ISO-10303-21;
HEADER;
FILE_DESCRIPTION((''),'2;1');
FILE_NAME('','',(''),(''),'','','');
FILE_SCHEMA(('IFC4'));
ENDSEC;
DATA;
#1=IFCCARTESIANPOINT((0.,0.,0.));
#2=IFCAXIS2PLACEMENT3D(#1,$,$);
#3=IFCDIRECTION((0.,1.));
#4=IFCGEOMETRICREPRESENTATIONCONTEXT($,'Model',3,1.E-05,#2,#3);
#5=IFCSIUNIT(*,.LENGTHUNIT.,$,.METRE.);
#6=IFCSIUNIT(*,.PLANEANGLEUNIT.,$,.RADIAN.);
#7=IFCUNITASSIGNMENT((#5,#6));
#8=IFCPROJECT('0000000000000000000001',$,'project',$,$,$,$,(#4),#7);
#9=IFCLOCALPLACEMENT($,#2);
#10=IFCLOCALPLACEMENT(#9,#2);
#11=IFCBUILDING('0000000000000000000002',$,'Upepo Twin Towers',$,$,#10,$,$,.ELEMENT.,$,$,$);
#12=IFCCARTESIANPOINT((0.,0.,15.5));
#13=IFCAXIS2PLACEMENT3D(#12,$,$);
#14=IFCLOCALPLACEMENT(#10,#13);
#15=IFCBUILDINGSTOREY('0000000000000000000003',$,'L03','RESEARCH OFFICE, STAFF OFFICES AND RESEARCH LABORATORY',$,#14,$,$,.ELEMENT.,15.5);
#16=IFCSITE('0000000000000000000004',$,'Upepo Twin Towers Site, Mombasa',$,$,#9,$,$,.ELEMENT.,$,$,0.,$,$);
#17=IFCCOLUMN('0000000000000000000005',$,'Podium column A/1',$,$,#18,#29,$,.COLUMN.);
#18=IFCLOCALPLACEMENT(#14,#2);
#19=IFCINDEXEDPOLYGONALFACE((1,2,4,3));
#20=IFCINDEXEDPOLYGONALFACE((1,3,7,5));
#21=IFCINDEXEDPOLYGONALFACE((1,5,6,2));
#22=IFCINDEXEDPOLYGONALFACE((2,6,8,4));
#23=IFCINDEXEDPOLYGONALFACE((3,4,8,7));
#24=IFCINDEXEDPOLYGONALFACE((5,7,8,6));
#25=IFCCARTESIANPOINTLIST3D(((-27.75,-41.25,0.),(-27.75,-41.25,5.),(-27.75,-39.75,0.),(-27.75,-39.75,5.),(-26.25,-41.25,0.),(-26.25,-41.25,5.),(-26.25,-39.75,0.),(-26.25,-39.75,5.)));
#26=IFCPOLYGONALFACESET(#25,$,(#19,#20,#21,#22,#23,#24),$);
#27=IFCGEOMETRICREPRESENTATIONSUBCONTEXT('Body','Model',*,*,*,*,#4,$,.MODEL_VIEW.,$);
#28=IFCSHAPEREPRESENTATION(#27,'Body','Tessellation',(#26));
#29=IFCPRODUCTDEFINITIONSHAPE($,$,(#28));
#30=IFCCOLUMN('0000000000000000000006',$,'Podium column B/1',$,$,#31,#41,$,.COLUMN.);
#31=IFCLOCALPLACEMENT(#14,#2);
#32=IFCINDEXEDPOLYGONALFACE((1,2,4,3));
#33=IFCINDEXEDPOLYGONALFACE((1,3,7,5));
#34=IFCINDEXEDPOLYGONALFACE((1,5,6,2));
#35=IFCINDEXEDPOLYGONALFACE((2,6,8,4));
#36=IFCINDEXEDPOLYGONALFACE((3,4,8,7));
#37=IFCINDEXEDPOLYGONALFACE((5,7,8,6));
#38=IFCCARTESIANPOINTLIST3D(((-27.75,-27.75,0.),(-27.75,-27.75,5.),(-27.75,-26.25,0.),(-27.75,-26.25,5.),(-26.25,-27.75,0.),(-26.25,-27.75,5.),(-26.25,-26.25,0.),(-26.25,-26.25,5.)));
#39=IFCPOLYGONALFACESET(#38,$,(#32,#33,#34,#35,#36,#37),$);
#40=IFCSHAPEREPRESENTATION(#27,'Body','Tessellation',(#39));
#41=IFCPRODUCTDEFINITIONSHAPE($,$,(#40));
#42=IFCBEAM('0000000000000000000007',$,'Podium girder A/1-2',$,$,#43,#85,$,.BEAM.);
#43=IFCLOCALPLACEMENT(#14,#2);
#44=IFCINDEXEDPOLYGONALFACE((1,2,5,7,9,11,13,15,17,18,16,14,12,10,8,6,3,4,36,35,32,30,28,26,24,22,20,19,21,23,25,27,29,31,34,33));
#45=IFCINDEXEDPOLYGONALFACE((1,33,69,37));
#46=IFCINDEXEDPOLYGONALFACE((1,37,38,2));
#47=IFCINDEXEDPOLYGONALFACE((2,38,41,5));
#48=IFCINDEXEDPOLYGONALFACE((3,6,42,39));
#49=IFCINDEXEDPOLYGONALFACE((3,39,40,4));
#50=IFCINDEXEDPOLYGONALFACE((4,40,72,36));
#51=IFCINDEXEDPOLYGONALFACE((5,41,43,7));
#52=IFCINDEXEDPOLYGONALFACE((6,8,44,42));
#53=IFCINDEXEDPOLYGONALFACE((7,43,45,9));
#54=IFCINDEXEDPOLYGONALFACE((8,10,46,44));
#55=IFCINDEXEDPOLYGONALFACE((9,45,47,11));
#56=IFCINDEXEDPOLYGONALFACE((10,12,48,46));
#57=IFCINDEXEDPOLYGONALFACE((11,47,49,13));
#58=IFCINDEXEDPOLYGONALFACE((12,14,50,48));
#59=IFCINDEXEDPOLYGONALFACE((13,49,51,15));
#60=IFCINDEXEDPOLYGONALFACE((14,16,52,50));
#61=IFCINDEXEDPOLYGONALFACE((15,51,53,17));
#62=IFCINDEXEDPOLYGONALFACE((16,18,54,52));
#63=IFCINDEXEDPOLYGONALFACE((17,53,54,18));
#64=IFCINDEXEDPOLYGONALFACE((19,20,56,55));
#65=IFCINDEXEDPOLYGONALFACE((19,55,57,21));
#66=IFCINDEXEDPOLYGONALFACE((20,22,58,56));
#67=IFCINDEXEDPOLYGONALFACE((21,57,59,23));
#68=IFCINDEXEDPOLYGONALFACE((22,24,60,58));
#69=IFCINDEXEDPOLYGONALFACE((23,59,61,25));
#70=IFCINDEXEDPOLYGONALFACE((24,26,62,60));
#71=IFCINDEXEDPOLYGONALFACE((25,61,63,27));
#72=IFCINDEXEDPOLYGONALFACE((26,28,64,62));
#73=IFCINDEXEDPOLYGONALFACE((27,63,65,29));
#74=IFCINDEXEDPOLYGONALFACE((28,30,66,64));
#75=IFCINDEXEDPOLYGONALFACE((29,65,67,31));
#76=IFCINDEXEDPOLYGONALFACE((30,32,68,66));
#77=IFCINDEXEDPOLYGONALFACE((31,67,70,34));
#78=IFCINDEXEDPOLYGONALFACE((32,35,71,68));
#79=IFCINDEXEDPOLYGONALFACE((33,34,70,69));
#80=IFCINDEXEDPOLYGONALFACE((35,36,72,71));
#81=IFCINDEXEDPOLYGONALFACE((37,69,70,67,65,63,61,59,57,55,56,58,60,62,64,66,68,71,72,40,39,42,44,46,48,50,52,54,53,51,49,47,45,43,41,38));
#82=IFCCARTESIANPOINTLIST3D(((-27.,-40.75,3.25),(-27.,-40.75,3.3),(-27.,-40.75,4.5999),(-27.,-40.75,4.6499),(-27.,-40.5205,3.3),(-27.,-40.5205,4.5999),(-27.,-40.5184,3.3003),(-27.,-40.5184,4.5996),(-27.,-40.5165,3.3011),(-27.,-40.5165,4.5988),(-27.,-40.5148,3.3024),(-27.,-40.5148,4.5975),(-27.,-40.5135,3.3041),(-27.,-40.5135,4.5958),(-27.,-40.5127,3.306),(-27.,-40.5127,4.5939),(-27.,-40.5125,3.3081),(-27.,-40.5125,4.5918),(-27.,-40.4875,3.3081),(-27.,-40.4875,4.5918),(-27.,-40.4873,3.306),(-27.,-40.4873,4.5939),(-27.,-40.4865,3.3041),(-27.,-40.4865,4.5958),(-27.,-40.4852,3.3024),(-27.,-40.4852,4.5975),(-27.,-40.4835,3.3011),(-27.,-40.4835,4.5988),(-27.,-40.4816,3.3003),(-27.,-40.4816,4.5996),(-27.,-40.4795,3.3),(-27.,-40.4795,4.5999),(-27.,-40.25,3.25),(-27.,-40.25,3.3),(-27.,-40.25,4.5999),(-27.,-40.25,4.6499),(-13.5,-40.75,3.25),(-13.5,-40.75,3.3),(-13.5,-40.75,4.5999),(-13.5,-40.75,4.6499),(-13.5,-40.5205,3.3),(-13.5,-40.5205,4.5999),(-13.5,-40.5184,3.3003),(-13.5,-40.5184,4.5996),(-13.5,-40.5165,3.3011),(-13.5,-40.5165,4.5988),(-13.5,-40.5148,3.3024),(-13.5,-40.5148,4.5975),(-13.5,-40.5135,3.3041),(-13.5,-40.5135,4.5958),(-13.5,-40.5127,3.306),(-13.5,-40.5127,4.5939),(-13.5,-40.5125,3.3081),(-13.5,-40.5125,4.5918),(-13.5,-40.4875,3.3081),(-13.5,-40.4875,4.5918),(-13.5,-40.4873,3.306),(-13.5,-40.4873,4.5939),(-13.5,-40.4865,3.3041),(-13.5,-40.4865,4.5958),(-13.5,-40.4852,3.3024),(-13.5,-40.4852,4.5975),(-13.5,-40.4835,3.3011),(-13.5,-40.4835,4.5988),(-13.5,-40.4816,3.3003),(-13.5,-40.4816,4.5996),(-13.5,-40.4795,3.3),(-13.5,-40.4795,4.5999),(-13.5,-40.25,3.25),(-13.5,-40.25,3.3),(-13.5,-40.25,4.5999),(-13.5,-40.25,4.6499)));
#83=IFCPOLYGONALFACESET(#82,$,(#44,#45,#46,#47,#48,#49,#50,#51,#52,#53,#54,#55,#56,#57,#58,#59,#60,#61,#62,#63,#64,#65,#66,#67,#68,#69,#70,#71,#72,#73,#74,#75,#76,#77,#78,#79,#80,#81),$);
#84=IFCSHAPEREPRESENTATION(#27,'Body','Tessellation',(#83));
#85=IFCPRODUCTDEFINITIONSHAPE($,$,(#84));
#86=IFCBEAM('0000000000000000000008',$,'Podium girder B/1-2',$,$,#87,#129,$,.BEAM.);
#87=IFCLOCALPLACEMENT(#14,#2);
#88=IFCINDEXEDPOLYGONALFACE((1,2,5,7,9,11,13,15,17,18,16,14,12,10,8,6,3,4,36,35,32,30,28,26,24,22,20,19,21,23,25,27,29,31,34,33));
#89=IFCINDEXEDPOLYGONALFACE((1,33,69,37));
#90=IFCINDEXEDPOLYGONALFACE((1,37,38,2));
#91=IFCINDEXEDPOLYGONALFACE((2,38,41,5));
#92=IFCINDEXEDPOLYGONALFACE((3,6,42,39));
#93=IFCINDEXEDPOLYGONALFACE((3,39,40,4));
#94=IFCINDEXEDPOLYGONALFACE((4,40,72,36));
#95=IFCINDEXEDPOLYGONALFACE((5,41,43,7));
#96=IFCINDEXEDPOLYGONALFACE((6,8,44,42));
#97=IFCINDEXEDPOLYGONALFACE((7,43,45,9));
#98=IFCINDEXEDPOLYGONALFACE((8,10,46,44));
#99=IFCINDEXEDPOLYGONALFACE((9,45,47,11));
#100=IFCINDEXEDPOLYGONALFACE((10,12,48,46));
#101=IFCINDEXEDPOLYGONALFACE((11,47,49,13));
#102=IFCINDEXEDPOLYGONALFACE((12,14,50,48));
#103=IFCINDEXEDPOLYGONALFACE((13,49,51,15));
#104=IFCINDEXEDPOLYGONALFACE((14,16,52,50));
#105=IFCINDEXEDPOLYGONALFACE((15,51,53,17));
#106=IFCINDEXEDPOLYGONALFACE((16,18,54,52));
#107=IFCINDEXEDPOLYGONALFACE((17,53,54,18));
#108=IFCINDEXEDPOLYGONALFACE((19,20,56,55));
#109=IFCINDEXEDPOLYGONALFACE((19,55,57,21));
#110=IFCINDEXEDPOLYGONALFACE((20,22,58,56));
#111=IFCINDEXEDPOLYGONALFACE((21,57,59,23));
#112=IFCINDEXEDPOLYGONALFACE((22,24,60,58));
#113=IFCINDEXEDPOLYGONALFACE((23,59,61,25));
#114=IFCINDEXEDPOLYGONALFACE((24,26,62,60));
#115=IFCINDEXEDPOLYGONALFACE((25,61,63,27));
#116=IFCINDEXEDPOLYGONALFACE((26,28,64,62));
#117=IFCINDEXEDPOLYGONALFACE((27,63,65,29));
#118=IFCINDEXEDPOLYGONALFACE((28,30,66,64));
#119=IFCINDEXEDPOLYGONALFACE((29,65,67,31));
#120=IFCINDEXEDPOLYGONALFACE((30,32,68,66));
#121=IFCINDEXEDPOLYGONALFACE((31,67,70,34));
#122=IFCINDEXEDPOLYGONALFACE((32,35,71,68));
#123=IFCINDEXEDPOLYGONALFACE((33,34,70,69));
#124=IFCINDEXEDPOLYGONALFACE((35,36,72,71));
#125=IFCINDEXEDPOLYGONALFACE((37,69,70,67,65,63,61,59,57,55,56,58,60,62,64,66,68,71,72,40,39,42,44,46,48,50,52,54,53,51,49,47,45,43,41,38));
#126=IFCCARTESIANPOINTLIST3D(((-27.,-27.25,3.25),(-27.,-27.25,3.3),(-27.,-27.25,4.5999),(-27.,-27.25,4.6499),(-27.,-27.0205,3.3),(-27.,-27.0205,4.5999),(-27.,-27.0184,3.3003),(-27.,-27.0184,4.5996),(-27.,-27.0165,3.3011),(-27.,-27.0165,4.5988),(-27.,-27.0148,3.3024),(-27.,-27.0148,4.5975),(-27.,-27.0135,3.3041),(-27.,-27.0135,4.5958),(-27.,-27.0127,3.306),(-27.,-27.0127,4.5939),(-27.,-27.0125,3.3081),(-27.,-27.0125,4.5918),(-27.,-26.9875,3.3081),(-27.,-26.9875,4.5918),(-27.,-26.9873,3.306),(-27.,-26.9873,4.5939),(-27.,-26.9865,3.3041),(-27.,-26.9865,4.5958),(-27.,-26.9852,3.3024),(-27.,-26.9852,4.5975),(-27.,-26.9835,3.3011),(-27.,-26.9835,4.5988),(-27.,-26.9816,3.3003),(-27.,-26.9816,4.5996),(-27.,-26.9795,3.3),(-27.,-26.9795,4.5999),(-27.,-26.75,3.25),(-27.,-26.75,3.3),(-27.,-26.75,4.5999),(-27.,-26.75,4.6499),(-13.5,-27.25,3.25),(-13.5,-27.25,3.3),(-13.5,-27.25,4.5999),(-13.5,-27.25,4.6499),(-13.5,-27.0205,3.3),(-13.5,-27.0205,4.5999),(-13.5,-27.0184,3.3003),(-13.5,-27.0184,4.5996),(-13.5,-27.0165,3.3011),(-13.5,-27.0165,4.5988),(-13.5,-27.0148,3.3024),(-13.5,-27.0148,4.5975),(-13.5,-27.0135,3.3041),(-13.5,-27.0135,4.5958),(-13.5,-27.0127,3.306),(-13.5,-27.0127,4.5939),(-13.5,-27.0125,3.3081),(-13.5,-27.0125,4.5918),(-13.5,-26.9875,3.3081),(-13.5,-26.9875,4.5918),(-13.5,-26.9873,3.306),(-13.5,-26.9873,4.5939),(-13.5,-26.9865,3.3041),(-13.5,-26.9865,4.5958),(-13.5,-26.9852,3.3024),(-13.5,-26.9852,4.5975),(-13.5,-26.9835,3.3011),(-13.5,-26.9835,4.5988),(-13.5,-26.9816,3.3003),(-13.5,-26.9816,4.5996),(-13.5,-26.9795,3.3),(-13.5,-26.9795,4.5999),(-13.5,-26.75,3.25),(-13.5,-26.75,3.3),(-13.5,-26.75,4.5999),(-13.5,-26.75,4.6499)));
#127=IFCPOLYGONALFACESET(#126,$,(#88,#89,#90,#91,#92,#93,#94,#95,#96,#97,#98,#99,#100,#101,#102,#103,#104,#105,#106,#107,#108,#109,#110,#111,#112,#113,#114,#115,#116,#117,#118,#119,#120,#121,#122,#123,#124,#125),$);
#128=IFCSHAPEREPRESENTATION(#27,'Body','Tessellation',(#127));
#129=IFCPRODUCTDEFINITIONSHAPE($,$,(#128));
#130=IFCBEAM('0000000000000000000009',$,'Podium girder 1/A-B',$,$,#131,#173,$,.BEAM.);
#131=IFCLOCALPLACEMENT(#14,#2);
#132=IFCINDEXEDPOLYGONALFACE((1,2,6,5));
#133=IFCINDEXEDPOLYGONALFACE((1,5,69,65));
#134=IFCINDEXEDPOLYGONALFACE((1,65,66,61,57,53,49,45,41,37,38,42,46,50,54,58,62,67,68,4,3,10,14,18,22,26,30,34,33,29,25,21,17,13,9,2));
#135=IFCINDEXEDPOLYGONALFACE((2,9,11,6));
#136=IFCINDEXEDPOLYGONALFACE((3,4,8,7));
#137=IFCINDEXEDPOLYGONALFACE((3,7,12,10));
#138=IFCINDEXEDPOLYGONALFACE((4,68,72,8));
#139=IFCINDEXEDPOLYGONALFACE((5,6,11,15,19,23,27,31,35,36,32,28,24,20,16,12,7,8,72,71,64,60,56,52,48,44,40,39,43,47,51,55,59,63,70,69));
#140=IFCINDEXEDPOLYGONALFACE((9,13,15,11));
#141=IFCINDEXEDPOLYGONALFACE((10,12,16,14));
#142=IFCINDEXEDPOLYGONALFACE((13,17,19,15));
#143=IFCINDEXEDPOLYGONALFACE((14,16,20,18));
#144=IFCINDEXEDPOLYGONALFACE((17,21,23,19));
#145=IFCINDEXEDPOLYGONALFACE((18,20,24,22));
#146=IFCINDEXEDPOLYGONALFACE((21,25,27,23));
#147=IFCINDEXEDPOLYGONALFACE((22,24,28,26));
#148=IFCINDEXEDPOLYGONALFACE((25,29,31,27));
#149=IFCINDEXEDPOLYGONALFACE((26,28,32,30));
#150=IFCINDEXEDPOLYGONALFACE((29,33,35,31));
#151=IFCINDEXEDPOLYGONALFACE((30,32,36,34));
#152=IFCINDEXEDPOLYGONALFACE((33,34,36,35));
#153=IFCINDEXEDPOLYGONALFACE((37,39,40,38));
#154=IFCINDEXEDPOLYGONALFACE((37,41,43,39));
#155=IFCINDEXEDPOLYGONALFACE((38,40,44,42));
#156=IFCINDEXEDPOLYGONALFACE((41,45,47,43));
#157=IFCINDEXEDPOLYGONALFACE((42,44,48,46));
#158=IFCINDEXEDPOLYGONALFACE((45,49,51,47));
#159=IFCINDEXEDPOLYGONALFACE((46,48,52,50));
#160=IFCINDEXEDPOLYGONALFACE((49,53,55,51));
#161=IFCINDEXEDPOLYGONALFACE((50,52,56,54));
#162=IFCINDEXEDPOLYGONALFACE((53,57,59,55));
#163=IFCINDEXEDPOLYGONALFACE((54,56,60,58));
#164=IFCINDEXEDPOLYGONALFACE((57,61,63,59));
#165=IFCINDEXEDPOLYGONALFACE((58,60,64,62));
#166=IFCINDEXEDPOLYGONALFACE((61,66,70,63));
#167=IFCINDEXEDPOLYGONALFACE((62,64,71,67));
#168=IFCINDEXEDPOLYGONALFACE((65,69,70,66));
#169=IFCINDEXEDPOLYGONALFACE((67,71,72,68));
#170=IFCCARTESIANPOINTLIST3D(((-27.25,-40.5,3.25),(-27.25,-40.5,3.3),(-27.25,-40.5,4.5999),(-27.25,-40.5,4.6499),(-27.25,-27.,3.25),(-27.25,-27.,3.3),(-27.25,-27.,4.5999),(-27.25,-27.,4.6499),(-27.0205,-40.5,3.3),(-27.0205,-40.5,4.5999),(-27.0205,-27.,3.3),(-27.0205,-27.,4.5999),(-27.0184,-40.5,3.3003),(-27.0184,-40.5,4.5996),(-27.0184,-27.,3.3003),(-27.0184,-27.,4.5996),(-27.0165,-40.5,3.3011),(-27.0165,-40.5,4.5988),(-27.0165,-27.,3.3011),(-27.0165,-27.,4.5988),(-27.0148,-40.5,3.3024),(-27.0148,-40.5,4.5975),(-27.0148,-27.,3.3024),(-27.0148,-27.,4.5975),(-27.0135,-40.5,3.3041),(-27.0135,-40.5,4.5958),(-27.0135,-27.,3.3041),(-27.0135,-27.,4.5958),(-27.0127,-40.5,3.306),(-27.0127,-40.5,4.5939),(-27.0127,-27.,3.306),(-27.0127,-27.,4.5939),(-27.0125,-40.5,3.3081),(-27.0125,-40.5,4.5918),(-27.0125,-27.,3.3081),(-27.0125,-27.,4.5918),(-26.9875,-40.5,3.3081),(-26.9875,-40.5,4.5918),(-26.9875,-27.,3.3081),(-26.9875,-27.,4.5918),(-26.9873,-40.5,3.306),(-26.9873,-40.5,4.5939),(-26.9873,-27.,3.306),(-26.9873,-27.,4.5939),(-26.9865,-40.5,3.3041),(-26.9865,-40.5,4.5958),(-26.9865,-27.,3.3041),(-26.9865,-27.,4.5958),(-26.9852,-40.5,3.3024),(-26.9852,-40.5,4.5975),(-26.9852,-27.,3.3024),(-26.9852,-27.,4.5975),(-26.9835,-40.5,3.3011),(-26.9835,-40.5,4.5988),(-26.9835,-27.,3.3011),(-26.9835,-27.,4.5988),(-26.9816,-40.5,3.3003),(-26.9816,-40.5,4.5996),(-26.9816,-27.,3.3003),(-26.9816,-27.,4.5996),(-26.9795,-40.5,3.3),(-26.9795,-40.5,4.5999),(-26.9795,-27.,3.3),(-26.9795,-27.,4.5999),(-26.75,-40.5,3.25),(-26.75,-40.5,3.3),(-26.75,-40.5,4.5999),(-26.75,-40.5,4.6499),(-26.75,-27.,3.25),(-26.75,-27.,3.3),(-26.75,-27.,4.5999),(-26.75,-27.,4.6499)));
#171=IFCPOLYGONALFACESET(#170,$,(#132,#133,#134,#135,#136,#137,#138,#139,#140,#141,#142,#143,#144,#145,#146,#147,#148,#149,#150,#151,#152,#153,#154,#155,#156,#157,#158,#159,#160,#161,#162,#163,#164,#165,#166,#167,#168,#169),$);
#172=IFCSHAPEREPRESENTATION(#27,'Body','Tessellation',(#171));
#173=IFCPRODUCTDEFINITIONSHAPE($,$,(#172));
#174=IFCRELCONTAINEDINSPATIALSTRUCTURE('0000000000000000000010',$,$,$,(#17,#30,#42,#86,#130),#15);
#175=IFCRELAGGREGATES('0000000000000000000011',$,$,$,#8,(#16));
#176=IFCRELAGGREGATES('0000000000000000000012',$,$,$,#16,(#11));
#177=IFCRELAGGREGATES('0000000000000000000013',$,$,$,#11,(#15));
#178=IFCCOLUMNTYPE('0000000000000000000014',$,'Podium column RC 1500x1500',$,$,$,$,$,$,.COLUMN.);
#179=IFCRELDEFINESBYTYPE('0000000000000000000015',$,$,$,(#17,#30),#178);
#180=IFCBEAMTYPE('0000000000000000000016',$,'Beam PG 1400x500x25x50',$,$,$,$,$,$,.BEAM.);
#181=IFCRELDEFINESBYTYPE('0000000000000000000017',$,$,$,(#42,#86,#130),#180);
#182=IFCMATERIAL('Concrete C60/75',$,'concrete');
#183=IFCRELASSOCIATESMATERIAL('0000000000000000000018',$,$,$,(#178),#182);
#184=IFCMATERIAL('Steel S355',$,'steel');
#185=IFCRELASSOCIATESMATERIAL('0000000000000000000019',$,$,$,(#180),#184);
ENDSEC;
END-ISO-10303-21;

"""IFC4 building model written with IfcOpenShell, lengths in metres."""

from ifc_helpers import new_model, si_unit, direction, frame, origin, origin_2d, place, context, subcontext, project, spatial, rectangle, i_section, extrude, material, material_profile, profile_set, type_object, element, save


model = new_model("IFC4")

# Units and contexts
model_context = context("Model", 3, precision=1e-05, world=origin(), true_north=direction((0.0, 1.0)))
body_context = subcontext(model_context, "Body", "Model", "MODEL_VIEW")
ifc_project = project(units=[si_unit("LENGTHUNIT", "METRE"), si_unit("PLANEANGLEUNIT", "RADIAN")], contexts=[model_context])

# Site, building, storey
site_placement = place(None, origin())
site = spatial("IfcSite", under=ifc_project, at=site_placement, Name="Upepo Twin Towers Site, Mombasa", CompositionType="ELEMENT", RefElevation=0.0)
building_placement = place(site_placement, origin())
building = spatial("IfcBuilding", under=site, at=building_placement, Name="Upepo Twin Towers", CompositionType="ELEMENT")
storey_placement = place(building_placement, frame((0.0, 0.0, 15.5)))
storey = spatial("IfcBuildingStorey", under=building, at=storey_placement, Name="L03", Description="RESEARCH OFFICE, STAFF OFFICES AND RESEARCH LABORATORY", CompositionType="ELEMENT", Elevation=15.5)

# Columns
ifc_material_1 = material(Name="Concrete C60/75", Category="concrete")
ifc_material_profile_1 = material_profile(ifc_material_1, rectangle(XDim=1.5, YDim=1.5, at=origin_2d()), Name="RC 1500x1500")
ifc_profile_set_1 = profile_set([ifc_material_profile_1], Name="Concrete C60/75")
column_type = type_object("IfcColumnType", Name="Podium column RC 1500x1500", PredefinedType="COLUMN", material=ifc_profile_set_1)
for number, where, z_axis, x_axis, name in (
    (1, (-27.0, -40.5, 0.0), (0.0, 0.0, 1.0), (1.0, 0.0, 0.0), "Podium column A/1"),
    (2, (-27.0, -27.0, 0.0), (0.0, 0.0, 1.0), (1.0, 0.0, 0.0), "Podium column B/1"),
):
    element("IfcColumn", number, at=place(storey_placement, frame(where, z_axis=z_axis, x_axis=x_axis)), inside=storey, type_object=column_type, Name=name, PredefinedType="COLUMN", context=body_context, shape_type="SweptSolid", body=[
        extrude(rectangle(XDim=1.5, YDim=1.5, at=origin_2d()), origin(), (0.0, 0.0, 1.0), 5.0),
    ])

# Beams
ifc_material_2 = material(Name="Steel S355", Category="steel")
ifc_material_profile_2 = material_profile(ifc_material_2, i_section(OverallWidth=0.5, OverallDepth=1.3999, WebThickness=0.0249, FlangeThickness=0.05, FilletRadius=0.0081, at=origin_2d()), Name="PG 1400x500x25x50")
ifc_profile_set_2 = profile_set([ifc_material_profile_2], Name="Steel S355")
beam_type_1 = type_object("IfcBeamType", Name="Beam PG 1400x500x25x50", PredefinedType="BEAM", material=ifc_profile_set_2)
for number, where, z_axis, x_axis, name in (
    (3, (-27.0, -40.5, 3.95), (1.0, 0.0, 0.0), (0.0, 1.0, 0.0), "Podium girder A/1-2"),
    (4, (-27.0, -27.0, 3.95), (1.0, 0.0, 0.0), (0.0, 1.0, 0.0), "Podium girder B/1-2"),
    (5, (-27.0, -40.5, 3.95), (0.0, 1.0, 0.0), (-1.0, 0.0, 0.0), "Podium girder 1/A-B"),
):
    element("IfcBeam", number, at=place(storey_placement, frame(where, z_axis=z_axis, x_axis=x_axis)), inside=storey, type_object=beam_type_1, Name=name, PredefinedType="BEAM", context=body_context, shape_type="SweptSolid", body=[
        extrude(i_section(OverallWidth=0.5, OverallDepth=1.3999, WebThickness=0.0249, FlangeThickness=0.05, FilletRadius=0.0081, at=origin_2d()), origin(), (0.0, 0.0, 1.0), 13.5),
    ])

save(model, "model.ifc")
